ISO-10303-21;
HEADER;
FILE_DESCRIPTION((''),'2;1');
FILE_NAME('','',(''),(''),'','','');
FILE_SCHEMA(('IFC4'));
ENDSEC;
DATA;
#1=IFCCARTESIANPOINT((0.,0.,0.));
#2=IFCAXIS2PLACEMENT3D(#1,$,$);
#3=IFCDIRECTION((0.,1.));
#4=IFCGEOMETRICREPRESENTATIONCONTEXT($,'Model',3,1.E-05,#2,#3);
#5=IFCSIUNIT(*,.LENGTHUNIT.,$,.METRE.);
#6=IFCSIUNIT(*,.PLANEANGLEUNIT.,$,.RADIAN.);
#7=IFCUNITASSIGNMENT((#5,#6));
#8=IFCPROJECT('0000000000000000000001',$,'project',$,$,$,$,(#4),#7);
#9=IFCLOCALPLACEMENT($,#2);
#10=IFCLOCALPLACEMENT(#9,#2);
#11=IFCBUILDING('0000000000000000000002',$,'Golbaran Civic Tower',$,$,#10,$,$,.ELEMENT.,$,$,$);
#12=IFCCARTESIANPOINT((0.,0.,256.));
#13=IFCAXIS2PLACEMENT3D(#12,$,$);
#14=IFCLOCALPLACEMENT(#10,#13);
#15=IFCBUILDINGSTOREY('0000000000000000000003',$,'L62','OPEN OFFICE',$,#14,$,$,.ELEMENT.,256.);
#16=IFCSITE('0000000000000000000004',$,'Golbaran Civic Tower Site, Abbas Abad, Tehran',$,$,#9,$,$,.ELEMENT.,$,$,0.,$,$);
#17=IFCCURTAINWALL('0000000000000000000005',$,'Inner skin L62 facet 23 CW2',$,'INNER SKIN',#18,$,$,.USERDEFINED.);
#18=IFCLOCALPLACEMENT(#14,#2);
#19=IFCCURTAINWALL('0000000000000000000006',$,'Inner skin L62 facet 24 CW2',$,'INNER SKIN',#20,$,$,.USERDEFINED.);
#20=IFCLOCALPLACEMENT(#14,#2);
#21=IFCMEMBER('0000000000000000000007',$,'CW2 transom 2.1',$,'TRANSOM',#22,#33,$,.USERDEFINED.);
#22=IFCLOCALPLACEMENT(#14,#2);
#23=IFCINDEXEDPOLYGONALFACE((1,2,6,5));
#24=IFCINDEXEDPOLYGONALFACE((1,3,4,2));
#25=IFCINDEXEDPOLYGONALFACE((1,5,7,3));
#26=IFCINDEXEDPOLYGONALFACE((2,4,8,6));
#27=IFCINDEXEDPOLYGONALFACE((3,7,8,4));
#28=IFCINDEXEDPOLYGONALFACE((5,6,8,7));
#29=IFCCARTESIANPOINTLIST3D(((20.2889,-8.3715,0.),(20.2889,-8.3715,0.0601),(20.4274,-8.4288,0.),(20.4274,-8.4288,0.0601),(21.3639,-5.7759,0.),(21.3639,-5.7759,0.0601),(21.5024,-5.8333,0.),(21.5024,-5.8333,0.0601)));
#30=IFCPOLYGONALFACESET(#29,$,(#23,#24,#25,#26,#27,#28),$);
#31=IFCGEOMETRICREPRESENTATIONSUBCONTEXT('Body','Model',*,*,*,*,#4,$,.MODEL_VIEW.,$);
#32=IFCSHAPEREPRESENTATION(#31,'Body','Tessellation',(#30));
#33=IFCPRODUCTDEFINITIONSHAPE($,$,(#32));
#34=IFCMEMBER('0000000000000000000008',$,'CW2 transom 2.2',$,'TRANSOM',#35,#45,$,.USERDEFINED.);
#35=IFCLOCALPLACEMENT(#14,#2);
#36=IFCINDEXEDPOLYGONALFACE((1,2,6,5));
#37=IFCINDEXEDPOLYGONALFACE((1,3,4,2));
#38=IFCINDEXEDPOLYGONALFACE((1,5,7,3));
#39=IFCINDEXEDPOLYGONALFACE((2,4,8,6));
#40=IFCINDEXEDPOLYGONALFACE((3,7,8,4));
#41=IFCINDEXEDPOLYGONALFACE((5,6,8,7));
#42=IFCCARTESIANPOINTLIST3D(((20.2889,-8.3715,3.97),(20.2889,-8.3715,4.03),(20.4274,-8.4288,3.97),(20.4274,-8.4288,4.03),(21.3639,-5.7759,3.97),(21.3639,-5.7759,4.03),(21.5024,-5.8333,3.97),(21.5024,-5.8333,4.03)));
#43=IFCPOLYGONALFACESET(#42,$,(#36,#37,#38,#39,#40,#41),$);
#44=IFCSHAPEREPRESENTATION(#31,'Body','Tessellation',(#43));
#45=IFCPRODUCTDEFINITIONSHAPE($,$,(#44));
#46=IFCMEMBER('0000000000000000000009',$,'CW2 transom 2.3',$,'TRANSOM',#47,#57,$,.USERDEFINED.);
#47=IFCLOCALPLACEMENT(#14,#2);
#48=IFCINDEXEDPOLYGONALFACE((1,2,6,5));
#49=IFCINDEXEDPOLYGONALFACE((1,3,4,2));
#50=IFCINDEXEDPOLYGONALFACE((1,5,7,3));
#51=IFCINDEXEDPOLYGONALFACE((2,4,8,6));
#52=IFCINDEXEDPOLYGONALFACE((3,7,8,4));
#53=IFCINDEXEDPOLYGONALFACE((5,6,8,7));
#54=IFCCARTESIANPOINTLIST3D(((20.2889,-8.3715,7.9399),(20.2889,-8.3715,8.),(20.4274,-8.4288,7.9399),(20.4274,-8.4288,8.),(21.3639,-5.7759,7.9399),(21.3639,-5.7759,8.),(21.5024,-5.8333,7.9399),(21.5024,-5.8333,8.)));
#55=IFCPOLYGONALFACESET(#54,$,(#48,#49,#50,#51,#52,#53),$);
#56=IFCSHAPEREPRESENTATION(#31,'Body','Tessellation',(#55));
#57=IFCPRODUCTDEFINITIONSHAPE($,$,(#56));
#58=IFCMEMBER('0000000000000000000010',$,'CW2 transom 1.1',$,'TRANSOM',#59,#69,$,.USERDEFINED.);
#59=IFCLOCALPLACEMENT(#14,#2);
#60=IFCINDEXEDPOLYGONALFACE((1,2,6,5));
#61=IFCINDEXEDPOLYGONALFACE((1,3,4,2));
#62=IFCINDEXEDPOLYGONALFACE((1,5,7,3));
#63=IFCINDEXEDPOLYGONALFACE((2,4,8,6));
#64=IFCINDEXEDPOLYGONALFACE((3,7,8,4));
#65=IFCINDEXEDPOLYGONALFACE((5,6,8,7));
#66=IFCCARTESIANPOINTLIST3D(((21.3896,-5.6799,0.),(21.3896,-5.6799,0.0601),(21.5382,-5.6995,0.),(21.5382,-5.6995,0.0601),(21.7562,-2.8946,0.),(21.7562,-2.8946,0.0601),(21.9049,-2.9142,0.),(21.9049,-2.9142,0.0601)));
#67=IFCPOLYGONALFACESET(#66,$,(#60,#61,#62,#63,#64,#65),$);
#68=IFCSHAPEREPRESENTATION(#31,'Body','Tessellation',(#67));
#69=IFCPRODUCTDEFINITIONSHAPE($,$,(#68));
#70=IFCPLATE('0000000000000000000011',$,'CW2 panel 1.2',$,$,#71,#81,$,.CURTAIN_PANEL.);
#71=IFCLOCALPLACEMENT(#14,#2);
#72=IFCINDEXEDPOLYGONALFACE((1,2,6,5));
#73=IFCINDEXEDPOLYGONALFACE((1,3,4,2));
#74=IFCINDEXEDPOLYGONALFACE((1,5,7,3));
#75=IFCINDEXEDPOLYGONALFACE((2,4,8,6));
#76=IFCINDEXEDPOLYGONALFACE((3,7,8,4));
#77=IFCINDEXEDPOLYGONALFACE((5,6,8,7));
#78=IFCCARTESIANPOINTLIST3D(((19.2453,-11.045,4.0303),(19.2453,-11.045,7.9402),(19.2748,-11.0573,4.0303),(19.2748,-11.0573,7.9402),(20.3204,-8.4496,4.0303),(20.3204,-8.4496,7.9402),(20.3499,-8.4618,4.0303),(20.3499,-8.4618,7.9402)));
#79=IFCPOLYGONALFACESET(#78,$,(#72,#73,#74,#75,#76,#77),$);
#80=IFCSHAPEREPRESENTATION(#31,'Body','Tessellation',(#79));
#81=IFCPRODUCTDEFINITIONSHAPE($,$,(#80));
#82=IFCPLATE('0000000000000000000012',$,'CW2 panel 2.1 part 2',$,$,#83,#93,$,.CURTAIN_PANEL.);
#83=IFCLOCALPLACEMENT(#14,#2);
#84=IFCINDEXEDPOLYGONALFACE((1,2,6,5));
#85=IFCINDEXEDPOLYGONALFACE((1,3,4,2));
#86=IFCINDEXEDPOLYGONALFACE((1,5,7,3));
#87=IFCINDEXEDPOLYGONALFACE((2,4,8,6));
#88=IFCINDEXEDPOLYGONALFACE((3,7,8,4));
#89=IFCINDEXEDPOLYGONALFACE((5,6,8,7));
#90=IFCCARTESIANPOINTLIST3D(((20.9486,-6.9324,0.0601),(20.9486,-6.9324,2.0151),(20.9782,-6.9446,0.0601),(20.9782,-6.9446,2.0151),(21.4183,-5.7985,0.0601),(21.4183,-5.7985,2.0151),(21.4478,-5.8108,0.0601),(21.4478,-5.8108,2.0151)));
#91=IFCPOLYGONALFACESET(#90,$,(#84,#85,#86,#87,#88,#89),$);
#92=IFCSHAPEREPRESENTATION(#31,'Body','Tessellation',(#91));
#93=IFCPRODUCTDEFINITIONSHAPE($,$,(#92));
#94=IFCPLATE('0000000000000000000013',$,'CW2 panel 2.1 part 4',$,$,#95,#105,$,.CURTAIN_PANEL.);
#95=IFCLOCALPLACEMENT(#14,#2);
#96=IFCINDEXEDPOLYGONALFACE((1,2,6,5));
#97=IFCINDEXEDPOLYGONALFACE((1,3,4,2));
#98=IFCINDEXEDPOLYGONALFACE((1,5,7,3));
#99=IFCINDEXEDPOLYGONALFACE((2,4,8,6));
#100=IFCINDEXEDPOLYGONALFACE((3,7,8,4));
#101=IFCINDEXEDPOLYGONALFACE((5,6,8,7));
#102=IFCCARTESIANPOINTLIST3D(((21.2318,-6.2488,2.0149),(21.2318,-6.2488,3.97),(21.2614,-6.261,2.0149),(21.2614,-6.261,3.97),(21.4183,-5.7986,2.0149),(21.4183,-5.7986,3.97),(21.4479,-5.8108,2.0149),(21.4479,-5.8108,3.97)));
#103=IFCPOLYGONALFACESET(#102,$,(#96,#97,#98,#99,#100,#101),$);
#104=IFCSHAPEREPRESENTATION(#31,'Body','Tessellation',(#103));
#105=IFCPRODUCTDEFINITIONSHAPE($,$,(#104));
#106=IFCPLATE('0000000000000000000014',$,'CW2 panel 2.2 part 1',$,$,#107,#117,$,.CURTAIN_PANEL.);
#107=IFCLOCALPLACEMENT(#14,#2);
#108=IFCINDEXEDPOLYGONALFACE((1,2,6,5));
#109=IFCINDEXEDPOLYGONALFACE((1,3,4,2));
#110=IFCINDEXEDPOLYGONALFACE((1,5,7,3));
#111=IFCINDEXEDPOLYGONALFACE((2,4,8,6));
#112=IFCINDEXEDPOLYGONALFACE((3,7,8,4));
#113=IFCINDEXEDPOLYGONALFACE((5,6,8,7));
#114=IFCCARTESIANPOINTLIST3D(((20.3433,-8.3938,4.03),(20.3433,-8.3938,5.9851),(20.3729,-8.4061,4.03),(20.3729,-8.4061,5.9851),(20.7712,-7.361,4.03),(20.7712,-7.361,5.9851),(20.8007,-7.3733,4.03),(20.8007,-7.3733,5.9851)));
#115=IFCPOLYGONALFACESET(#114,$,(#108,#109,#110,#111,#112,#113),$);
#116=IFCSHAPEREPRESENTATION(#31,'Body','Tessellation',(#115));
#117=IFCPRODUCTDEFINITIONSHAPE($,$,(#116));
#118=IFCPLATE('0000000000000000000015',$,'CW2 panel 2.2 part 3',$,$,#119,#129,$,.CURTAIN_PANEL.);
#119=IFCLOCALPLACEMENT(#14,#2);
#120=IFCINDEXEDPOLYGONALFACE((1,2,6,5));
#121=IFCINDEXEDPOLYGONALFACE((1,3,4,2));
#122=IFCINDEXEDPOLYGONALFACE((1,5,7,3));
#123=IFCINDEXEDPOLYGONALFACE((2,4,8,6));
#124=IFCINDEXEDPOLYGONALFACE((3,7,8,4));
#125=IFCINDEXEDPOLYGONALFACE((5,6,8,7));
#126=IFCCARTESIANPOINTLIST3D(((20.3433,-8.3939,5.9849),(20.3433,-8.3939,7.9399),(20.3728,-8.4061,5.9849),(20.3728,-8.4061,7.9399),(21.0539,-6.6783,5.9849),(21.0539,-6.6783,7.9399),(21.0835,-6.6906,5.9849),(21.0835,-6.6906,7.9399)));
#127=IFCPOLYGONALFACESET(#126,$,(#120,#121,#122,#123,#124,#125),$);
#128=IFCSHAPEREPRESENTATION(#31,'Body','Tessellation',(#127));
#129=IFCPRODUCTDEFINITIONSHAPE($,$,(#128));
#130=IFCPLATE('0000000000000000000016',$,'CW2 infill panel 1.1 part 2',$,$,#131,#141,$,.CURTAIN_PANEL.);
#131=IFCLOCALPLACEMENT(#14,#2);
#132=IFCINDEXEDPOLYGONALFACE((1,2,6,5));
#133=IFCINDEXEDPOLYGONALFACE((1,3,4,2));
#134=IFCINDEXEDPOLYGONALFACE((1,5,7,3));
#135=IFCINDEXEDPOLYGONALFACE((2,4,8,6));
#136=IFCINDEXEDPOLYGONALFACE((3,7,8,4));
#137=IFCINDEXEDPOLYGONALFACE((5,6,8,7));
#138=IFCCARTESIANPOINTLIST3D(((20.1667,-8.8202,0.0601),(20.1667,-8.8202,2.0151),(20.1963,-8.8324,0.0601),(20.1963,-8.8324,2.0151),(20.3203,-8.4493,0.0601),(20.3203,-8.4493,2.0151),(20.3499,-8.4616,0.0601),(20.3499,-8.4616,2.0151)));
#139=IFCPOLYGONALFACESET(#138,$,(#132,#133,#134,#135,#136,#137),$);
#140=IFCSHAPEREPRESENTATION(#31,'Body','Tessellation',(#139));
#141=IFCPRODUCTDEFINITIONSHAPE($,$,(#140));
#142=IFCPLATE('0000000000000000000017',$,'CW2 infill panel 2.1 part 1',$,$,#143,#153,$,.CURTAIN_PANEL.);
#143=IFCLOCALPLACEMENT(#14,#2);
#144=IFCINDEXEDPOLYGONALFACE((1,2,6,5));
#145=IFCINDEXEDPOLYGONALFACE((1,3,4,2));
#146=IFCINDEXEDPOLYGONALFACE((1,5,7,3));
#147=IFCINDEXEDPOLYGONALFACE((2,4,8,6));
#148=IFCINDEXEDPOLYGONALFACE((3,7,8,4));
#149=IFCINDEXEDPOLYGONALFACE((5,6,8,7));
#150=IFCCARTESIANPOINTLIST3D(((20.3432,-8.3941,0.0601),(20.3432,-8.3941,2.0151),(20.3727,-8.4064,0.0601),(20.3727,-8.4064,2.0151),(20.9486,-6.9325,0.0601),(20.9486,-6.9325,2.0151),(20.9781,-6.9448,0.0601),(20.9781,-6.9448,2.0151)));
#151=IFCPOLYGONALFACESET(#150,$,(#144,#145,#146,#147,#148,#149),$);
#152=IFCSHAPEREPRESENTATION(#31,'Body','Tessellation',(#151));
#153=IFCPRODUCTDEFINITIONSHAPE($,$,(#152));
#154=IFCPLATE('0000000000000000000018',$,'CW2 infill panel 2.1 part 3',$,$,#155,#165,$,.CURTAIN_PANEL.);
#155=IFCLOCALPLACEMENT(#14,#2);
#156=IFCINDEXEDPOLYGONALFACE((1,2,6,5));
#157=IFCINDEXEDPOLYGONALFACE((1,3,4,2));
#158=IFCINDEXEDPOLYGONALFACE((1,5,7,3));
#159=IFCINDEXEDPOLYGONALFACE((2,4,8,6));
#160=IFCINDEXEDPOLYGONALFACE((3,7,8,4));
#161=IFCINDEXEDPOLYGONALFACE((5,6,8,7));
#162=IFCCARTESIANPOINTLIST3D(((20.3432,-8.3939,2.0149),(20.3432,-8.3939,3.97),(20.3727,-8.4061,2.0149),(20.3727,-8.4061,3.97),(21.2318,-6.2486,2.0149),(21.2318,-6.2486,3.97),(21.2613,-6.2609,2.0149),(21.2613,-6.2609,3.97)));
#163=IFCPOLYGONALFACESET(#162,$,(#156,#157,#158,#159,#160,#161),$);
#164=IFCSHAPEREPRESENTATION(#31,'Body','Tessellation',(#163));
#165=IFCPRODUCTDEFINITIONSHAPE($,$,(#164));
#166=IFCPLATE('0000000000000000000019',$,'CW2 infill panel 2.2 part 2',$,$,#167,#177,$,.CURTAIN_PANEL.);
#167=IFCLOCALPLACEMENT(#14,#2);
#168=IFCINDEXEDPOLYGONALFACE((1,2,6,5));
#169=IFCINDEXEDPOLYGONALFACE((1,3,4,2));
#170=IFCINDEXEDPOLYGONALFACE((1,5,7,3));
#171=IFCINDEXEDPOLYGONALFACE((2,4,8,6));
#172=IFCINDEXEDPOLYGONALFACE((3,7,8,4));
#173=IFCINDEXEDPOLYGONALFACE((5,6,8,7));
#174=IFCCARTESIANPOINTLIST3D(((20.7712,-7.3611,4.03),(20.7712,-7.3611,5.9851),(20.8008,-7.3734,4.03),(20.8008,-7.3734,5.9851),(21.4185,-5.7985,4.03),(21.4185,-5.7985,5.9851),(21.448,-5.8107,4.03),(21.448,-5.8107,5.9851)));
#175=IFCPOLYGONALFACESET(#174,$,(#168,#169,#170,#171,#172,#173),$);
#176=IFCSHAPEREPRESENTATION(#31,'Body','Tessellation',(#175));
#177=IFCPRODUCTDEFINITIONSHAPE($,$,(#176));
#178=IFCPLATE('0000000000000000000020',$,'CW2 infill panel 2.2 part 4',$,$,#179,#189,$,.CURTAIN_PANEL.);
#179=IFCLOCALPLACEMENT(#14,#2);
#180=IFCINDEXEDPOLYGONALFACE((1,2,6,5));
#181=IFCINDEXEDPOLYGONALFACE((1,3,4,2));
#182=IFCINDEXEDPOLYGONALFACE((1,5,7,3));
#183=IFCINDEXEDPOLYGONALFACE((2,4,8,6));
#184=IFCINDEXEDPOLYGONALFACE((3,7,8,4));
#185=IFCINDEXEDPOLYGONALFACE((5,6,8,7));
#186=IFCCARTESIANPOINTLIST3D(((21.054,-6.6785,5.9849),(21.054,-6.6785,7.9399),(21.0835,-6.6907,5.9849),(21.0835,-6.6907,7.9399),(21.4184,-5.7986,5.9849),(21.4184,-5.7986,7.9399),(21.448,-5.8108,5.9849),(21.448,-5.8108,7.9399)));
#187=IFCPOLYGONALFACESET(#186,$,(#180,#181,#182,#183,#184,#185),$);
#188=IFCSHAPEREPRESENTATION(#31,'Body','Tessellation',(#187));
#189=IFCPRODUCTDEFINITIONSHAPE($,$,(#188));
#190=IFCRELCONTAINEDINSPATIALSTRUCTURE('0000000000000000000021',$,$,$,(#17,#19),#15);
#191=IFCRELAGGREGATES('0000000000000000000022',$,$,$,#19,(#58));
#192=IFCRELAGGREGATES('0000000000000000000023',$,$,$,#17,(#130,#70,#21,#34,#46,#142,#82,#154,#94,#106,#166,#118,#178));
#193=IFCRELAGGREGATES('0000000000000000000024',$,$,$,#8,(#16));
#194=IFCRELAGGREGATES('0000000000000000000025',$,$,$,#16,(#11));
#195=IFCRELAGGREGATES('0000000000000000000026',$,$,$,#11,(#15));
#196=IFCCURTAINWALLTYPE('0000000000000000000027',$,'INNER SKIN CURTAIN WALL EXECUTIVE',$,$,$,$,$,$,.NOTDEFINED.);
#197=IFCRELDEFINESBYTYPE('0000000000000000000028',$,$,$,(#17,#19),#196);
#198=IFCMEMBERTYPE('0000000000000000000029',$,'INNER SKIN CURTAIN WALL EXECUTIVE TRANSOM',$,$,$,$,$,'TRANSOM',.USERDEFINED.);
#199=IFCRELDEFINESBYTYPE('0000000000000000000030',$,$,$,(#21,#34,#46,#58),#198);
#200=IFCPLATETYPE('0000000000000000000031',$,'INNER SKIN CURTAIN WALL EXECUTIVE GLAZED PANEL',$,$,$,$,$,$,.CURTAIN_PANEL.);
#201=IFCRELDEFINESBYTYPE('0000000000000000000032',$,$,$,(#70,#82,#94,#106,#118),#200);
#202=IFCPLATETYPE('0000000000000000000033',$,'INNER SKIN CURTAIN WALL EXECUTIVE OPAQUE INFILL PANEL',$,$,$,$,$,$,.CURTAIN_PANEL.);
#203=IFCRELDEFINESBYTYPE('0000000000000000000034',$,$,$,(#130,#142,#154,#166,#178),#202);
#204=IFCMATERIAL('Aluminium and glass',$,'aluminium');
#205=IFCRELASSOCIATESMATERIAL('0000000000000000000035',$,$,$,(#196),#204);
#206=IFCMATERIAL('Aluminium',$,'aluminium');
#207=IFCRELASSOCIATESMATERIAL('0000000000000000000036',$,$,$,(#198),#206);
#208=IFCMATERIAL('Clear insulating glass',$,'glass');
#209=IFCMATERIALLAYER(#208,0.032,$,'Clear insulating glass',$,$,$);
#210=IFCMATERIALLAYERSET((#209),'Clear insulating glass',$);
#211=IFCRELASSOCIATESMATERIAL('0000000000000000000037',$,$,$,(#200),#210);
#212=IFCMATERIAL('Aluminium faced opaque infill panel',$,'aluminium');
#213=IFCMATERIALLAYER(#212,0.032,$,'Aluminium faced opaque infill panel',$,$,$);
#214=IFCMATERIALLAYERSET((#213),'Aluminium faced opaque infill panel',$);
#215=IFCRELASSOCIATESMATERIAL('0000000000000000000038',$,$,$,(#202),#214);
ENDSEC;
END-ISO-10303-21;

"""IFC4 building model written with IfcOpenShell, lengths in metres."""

from ifc_helpers import new_model, si_unit, direction, frame, origin, origin_2d, place, context, subcontext, project, spatial, rectangle, extrude, material, layer, layer_set, material_profile, profile_set, type_object, element, aggregate, save


model = new_model("IFC4")

# Units and contexts
model_context = context("Model", 3, precision=1e-05, world=origin(), true_north=direction((0.0, 1.0)))
body_context = subcontext(model_context, "Body", "Model", "MODEL_VIEW")
ifc_project = project(units=[si_unit("LENGTHUNIT", "METRE"), si_unit("PLANEANGLEUNIT", "RADIAN")], contexts=[model_context])

# Site, building, storey
site_placement = place(None, origin())
site = spatial("IfcSite", under=ifc_project, at=site_placement, Name="Golbaran Civic Tower Site, Abbas Abad, Tehran", CompositionType="ELEMENT", RefElevation=0.0)
building_placement = place(site_placement, origin())
building = spatial("IfcBuilding", under=site, at=building_placement, Name="Golbaran Civic Tower", CompositionType="ELEMENT")
storey_placement = place(building_placement, frame((0.0, 0.0, 256.0)))
storey = spatial("IfcBuildingStorey", under=building, at=storey_placement, Name="L62", Description="OPEN OFFICE", CompositionType="ELEMENT", Elevation=256.0)

# Curtain wall
ifc_material_1 = material(Name="Aluminium and glass", Category="aluminium")
curtain_wall_type = type_object("IfcCurtainWallType", Name="INNER SKIN CURTAIN WALL EXECUTIVE", PredefinedType="NOTDEFINED", material=ifc_material_1)
curtain_wall_1_placement = place(storey_placement, origin())
curtain_wall_1 = element("IfcCurtainWall", 1, at=curtain_wall_1_placement, inside=storey, type_object=curtain_wall_type, Name="Inner skin L62 facet 23 CW2", ObjectType="INNER SKIN", PredefinedType="USERDEFINED")
ifc_material_2 = material(Name="Aluminium", Category="aluminium")

# Curtain wall
curtain_wall_2_placement = place(storey_placement, origin())
curtain_wall_2 = element("IfcCurtainWall", 2, at=curtain_wall_2_placement, inside=storey, type_object=curtain_wall_type, Name="Inner skin L62 facet 24 CW2", ObjectType="INNER SKIN", PredefinedType="USERDEFINED")

# Members
ifc_material_profile_1 = material_profile(ifc_material_2, rectangle(XDim=0.1499, YDim=0.0601, at=origin_2d()), Name="INNER SKIN CURTAIN WALL EXECUTIVE TRANSOM")
ifc_profile_set_1 = profile_set([ifc_material_profile_1], Name="Aluminium")
member_type_1 = type_object("IfcMemberType", Name="INNER SKIN CURTAIN WALL EXECUTIVE TRANSOM", ElementType="TRANSOM", PredefinedType="USERDEFINED", material=ifc_profile_set_1)
member_1_placement = place(storey_placement, frame((20.3582, -8.4001, 0.03), z_axis=(0.382646, 0.923895, 0.0), x_axis=(-0.923895, 0.382646, 0.0)))
member_1 = element("IfcMember", 3, at=member_1_placement, type_object=member_type_1, Name="CW2 transom 2.1", ObjectType="TRANSOM", PredefinedType="USERDEFINED", context=body_context, shape_type="SweptSolid", body=[
    extrude(rectangle(XDim=0.1499, YDim=0.0601, at=origin_2d()), origin(), (0.0, 0.0, 1.0), 2.8093),
])
member_2_placement = place(storey_placement, frame((20.3582, -8.4001, 4.0), z_axis=(0.382646, 0.923895, 0.0), x_axis=(-0.923895, 0.382646, 0.0)))
member_2 = element("IfcMember", 4, at=member_2_placement, type_object=member_type_1, Name="CW2 transom 2.2", ObjectType="TRANSOM", PredefinedType="USERDEFINED", context=body_context, shape_type="SweptSolid", body=[
    extrude(rectangle(XDim=0.1499, YDim=0.0601, at=origin_2d()), origin(), (0.0, 0.0, 1.0), 2.8093),
])
member_3_placement = place(storey_placement, frame((20.3582, -8.4001, 7.97), z_axis=(0.382646, 0.923895, 0.0), x_axis=(-0.923895, 0.382646, 0.0)))
member_3 = element("IfcMember", 5, at=member_3_placement, type_object=member_type_1, Name="CW2 transom 2.3", ObjectType="TRANSOM", PredefinedType="USERDEFINED", context=body_context, shape_type="SweptSolid", body=[
    extrude(rectangle(XDim=0.1499, YDim=0.0601, at=origin_2d()), origin(), (0.0, 0.0, 1.0), 2.8093),
])
member_4_placement = place(storey_placement, frame((21.4639, -5.6897, 0.03), z_axis=(0.130524, 0.991445, 0.0), x_axis=(-0.991445, 0.130524, 0.0)))
member_4 = element("IfcMember", 6, at=member_4_placement, type_object=member_type_1, Name="CW2 transom 1.1", ObjectType="TRANSOM", PredefinedType="USERDEFINED", context=body_context, shape_type="SweptSolid", body=[
    extrude(rectangle(XDim=0.1499, YDim=0.0601, at=origin_2d()), origin(), (0.0, 0.0, 1.0), 2.8093),
])
aggregate(curtain_wall_2, [member_4])

# Plates
ifc_material_3 = material(Name="Clear insulating glass", Category="glass")
ifc_layer_1 = layer(ifc_material_3, 0.032, Name="Clear insulating glass")
ifc_layer_set_1 = layer_set([ifc_layer_1], Name="Clear insulating glass")
plate_type_1 = type_object("IfcPlateType", Name="INNER SKIN CURTAIN WALL EXECUTIVE GLAZED PANEL", PredefinedType="CURTAIN_PANEL", material=ifc_layer_set_1)
plate_1_placement = place(storey_placement, frame((19.7976, -9.7534, 4.0303), z_axis=(0.0, 0.0, 1.0), x_axis=(0.382683, 0.92388, 0.0)))
plate_1 = element("IfcPlate", 7, at=plate_1_placement, type_object=plate_type_1, Name="CW2 panel 1.2", PredefinedType="CURTAIN_PANEL", context=body_context, shape_type="SweptSolid", body=[
    extrude(rectangle(XDim=2.8093, YDim=0.032, at=origin_2d()), origin(), (0.0, 0.0, 1.0), 3.9099),
])
plate_2_placement = place(storey_placement, frame((21.1982, -6.3716, 0.0601), z_axis=(0.0, 0.0, 1.0), x_axis=(0.382683, 0.92388, 0.0)))
plate_2 = element("IfcPlate", 8, at=plate_2_placement, type_object=plate_type_1, Name="CW2 panel 2.1 part 2", PredefinedType="CURTAIN_PANEL", context=body_context, shape_type="SweptSolid", body=[
    extrude(rectangle(XDim=1.2273, YDim=0.032, at=origin_2d()), origin(), (0.0, 0.0, 1.0), 1.9551),
])
plate_3_placement = place(storey_placement, frame((21.3398, -6.0298, 2.0149), z_axis=(0.0, 0.0, 1.0), x_axis=(0.382683, 0.92388, 0.0)))
plate_3 = element("IfcPlate", 9, at=plate_3_placement, type_object=plate_type_1, Name="CW2 panel 2.1 part 4", PredefinedType="CURTAIN_PANEL", context=body_context, shape_type="SweptSolid", body=[
    extrude(rectangle(XDim=0.4873, YDim=0.032, at=origin_2d()), origin(), (0.0, 0.0, 1.0), 1.9551),
])
plate_4_placement = place(storey_placement, frame((20.572, -7.8835, 4.03), z_axis=(0.0, 0.0, 1.0), x_axis=(0.382683, 0.92388, 0.0)))
plate_4 = element("IfcPlate", 10, at=plate_4_placement, type_object=plate_type_1, Name="CW2 panel 2.2 part 1", PredefinedType="CURTAIN_PANEL", context=body_context, shape_type="SweptSolid", body=[
    extrude(rectangle(XDim=1.1179, YDim=0.032, at=origin_2d()), origin(), (0.0, 0.0, 1.0), 1.9551),
])
plate_5_placement = place(storey_placement, frame((20.7134, -7.5422, 5.9849), z_axis=(0.0, 0.0, 1.0), x_axis=(0.382683, 0.92388, 0.0)))
plate_5 = element("IfcPlate", 11, at=plate_5_placement, type_object=plate_type_1, Name="CW2 panel 2.2 part 3", PredefinedType="CURTAIN_PANEL", context=body_context, shape_type="SweptSolid", body=[
    extrude(rectangle(XDim=1.8569, YDim=0.032, at=origin_2d()), origin(), (0.0, 0.0, 1.0), 1.9551),
])
ifc_material_4 = material(Name="Aluminium faced opaque infill panel", Category="aluminium")
ifc_layer_2 = layer(ifc_material_4, 0.032, Name="Aluminium faced opaque infill panel")
ifc_layer_set_2 = layer_set([ifc_layer_2], Name="Aluminium faced opaque infill panel")
plate_type_2 = type_object("IfcPlateType", Name="INNER SKIN CURTAIN WALL EXECUTIVE OPAQUE INFILL PANEL", PredefinedType="CURTAIN_PANEL", material=ifc_layer_set_2)
plate_6_placement = place(storey_placement, frame((20.2583, -8.6409, 0.0601), z_axis=(0.0, 0.0, 1.0), x_axis=(0.382683, 0.92388, 0.0)))
plate_6 = element("IfcPlate", 12, at=plate_6_placement, type_object=plate_type_2, Name="CW2 infill panel 1.1 part 2", PredefinedType="CURTAIN_PANEL", context=body_context, shape_type="SweptSolid", body=[
    extrude(rectangle(XDim=0.4014, YDim=0.032, at=origin_2d()), origin(), (0.0, 0.0, 1.0), 1.9551),
])
plate_7_placement = place(storey_placement, frame((20.6606, -7.6694, 0.0601), z_axis=(0.0, 0.0, 1.0), x_axis=(0.382683, 0.92388, 0.0)))
plate_7 = element("IfcPlate", 13, at=plate_7_placement, type_object=plate_type_2, Name="CW2 infill panel 2.1 part 1", PredefinedType="CURTAIN_PANEL", context=body_context, shape_type="SweptSolid", body=[
    extrude(rectangle(XDim=1.582, YDim=0.032, at=origin_2d()), origin(), (0.0, 0.0, 1.0), 1.9551),
])
plate_8_placement = place(storey_placement, frame((20.8022, -7.3274, 2.0149), z_axis=(0.0, 0.0, 1.0), x_axis=(0.382683, 0.92388, 0.0)))
plate_8 = element("IfcPlate", 14, at=plate_8_placement, type_object=plate_type_2, Name="CW2 infill panel 2.1 part 3", PredefinedType="CURTAIN_PANEL", context=body_context, shape_type="SweptSolid", body=[
    extrude(rectangle(XDim=2.322, YDim=0.032, at=origin_2d()), origin(), (0.0, 0.0, 1.0), 1.9551),
])
plate_9_placement = place(storey_placement, frame((21.1096, -6.5859, 4.03), z_axis=(0.0, 0.0, 1.0), x_axis=(0.382683, 0.92388, 0.0)))
plate_9 = element("IfcPlate", 15, at=plate_9_placement, type_object=plate_type_2, Name="CW2 infill panel 2.2 part 2", PredefinedType="CURTAIN_PANEL", context=body_context, shape_type="SweptSolid", body=[
    extrude(rectangle(XDim=1.6914, YDim=0.032, at=origin_2d()), origin(), (0.0, 0.0, 1.0), 1.9551),
])
plate_10_placement = place(storey_placement, frame((21.251, -6.2446, 5.9849), z_axis=(0.0, 0.0, 1.0), x_axis=(0.382683, 0.92388, 0.0)))
plate_10 = element("IfcPlate", 16, at=plate_10_placement, type_object=plate_type_2, Name="CW2 infill panel 2.2 part 4", PredefinedType="CURTAIN_PANEL", context=body_context, shape_type="SweptSolid", body=[
    extrude(rectangle(XDim=0.9524, YDim=0.032, at=origin_2d()), origin(), (0.0, 0.0, 1.0), 1.9551),
])
aggregate(curtain_wall_1, [plate_6, plate_1, member_1, member_2, member_3, plate_7, plate_2, plate_8, plate_3, plate_4, plate_9, plate_5, plate_10])

save(model, "model.ifc")
